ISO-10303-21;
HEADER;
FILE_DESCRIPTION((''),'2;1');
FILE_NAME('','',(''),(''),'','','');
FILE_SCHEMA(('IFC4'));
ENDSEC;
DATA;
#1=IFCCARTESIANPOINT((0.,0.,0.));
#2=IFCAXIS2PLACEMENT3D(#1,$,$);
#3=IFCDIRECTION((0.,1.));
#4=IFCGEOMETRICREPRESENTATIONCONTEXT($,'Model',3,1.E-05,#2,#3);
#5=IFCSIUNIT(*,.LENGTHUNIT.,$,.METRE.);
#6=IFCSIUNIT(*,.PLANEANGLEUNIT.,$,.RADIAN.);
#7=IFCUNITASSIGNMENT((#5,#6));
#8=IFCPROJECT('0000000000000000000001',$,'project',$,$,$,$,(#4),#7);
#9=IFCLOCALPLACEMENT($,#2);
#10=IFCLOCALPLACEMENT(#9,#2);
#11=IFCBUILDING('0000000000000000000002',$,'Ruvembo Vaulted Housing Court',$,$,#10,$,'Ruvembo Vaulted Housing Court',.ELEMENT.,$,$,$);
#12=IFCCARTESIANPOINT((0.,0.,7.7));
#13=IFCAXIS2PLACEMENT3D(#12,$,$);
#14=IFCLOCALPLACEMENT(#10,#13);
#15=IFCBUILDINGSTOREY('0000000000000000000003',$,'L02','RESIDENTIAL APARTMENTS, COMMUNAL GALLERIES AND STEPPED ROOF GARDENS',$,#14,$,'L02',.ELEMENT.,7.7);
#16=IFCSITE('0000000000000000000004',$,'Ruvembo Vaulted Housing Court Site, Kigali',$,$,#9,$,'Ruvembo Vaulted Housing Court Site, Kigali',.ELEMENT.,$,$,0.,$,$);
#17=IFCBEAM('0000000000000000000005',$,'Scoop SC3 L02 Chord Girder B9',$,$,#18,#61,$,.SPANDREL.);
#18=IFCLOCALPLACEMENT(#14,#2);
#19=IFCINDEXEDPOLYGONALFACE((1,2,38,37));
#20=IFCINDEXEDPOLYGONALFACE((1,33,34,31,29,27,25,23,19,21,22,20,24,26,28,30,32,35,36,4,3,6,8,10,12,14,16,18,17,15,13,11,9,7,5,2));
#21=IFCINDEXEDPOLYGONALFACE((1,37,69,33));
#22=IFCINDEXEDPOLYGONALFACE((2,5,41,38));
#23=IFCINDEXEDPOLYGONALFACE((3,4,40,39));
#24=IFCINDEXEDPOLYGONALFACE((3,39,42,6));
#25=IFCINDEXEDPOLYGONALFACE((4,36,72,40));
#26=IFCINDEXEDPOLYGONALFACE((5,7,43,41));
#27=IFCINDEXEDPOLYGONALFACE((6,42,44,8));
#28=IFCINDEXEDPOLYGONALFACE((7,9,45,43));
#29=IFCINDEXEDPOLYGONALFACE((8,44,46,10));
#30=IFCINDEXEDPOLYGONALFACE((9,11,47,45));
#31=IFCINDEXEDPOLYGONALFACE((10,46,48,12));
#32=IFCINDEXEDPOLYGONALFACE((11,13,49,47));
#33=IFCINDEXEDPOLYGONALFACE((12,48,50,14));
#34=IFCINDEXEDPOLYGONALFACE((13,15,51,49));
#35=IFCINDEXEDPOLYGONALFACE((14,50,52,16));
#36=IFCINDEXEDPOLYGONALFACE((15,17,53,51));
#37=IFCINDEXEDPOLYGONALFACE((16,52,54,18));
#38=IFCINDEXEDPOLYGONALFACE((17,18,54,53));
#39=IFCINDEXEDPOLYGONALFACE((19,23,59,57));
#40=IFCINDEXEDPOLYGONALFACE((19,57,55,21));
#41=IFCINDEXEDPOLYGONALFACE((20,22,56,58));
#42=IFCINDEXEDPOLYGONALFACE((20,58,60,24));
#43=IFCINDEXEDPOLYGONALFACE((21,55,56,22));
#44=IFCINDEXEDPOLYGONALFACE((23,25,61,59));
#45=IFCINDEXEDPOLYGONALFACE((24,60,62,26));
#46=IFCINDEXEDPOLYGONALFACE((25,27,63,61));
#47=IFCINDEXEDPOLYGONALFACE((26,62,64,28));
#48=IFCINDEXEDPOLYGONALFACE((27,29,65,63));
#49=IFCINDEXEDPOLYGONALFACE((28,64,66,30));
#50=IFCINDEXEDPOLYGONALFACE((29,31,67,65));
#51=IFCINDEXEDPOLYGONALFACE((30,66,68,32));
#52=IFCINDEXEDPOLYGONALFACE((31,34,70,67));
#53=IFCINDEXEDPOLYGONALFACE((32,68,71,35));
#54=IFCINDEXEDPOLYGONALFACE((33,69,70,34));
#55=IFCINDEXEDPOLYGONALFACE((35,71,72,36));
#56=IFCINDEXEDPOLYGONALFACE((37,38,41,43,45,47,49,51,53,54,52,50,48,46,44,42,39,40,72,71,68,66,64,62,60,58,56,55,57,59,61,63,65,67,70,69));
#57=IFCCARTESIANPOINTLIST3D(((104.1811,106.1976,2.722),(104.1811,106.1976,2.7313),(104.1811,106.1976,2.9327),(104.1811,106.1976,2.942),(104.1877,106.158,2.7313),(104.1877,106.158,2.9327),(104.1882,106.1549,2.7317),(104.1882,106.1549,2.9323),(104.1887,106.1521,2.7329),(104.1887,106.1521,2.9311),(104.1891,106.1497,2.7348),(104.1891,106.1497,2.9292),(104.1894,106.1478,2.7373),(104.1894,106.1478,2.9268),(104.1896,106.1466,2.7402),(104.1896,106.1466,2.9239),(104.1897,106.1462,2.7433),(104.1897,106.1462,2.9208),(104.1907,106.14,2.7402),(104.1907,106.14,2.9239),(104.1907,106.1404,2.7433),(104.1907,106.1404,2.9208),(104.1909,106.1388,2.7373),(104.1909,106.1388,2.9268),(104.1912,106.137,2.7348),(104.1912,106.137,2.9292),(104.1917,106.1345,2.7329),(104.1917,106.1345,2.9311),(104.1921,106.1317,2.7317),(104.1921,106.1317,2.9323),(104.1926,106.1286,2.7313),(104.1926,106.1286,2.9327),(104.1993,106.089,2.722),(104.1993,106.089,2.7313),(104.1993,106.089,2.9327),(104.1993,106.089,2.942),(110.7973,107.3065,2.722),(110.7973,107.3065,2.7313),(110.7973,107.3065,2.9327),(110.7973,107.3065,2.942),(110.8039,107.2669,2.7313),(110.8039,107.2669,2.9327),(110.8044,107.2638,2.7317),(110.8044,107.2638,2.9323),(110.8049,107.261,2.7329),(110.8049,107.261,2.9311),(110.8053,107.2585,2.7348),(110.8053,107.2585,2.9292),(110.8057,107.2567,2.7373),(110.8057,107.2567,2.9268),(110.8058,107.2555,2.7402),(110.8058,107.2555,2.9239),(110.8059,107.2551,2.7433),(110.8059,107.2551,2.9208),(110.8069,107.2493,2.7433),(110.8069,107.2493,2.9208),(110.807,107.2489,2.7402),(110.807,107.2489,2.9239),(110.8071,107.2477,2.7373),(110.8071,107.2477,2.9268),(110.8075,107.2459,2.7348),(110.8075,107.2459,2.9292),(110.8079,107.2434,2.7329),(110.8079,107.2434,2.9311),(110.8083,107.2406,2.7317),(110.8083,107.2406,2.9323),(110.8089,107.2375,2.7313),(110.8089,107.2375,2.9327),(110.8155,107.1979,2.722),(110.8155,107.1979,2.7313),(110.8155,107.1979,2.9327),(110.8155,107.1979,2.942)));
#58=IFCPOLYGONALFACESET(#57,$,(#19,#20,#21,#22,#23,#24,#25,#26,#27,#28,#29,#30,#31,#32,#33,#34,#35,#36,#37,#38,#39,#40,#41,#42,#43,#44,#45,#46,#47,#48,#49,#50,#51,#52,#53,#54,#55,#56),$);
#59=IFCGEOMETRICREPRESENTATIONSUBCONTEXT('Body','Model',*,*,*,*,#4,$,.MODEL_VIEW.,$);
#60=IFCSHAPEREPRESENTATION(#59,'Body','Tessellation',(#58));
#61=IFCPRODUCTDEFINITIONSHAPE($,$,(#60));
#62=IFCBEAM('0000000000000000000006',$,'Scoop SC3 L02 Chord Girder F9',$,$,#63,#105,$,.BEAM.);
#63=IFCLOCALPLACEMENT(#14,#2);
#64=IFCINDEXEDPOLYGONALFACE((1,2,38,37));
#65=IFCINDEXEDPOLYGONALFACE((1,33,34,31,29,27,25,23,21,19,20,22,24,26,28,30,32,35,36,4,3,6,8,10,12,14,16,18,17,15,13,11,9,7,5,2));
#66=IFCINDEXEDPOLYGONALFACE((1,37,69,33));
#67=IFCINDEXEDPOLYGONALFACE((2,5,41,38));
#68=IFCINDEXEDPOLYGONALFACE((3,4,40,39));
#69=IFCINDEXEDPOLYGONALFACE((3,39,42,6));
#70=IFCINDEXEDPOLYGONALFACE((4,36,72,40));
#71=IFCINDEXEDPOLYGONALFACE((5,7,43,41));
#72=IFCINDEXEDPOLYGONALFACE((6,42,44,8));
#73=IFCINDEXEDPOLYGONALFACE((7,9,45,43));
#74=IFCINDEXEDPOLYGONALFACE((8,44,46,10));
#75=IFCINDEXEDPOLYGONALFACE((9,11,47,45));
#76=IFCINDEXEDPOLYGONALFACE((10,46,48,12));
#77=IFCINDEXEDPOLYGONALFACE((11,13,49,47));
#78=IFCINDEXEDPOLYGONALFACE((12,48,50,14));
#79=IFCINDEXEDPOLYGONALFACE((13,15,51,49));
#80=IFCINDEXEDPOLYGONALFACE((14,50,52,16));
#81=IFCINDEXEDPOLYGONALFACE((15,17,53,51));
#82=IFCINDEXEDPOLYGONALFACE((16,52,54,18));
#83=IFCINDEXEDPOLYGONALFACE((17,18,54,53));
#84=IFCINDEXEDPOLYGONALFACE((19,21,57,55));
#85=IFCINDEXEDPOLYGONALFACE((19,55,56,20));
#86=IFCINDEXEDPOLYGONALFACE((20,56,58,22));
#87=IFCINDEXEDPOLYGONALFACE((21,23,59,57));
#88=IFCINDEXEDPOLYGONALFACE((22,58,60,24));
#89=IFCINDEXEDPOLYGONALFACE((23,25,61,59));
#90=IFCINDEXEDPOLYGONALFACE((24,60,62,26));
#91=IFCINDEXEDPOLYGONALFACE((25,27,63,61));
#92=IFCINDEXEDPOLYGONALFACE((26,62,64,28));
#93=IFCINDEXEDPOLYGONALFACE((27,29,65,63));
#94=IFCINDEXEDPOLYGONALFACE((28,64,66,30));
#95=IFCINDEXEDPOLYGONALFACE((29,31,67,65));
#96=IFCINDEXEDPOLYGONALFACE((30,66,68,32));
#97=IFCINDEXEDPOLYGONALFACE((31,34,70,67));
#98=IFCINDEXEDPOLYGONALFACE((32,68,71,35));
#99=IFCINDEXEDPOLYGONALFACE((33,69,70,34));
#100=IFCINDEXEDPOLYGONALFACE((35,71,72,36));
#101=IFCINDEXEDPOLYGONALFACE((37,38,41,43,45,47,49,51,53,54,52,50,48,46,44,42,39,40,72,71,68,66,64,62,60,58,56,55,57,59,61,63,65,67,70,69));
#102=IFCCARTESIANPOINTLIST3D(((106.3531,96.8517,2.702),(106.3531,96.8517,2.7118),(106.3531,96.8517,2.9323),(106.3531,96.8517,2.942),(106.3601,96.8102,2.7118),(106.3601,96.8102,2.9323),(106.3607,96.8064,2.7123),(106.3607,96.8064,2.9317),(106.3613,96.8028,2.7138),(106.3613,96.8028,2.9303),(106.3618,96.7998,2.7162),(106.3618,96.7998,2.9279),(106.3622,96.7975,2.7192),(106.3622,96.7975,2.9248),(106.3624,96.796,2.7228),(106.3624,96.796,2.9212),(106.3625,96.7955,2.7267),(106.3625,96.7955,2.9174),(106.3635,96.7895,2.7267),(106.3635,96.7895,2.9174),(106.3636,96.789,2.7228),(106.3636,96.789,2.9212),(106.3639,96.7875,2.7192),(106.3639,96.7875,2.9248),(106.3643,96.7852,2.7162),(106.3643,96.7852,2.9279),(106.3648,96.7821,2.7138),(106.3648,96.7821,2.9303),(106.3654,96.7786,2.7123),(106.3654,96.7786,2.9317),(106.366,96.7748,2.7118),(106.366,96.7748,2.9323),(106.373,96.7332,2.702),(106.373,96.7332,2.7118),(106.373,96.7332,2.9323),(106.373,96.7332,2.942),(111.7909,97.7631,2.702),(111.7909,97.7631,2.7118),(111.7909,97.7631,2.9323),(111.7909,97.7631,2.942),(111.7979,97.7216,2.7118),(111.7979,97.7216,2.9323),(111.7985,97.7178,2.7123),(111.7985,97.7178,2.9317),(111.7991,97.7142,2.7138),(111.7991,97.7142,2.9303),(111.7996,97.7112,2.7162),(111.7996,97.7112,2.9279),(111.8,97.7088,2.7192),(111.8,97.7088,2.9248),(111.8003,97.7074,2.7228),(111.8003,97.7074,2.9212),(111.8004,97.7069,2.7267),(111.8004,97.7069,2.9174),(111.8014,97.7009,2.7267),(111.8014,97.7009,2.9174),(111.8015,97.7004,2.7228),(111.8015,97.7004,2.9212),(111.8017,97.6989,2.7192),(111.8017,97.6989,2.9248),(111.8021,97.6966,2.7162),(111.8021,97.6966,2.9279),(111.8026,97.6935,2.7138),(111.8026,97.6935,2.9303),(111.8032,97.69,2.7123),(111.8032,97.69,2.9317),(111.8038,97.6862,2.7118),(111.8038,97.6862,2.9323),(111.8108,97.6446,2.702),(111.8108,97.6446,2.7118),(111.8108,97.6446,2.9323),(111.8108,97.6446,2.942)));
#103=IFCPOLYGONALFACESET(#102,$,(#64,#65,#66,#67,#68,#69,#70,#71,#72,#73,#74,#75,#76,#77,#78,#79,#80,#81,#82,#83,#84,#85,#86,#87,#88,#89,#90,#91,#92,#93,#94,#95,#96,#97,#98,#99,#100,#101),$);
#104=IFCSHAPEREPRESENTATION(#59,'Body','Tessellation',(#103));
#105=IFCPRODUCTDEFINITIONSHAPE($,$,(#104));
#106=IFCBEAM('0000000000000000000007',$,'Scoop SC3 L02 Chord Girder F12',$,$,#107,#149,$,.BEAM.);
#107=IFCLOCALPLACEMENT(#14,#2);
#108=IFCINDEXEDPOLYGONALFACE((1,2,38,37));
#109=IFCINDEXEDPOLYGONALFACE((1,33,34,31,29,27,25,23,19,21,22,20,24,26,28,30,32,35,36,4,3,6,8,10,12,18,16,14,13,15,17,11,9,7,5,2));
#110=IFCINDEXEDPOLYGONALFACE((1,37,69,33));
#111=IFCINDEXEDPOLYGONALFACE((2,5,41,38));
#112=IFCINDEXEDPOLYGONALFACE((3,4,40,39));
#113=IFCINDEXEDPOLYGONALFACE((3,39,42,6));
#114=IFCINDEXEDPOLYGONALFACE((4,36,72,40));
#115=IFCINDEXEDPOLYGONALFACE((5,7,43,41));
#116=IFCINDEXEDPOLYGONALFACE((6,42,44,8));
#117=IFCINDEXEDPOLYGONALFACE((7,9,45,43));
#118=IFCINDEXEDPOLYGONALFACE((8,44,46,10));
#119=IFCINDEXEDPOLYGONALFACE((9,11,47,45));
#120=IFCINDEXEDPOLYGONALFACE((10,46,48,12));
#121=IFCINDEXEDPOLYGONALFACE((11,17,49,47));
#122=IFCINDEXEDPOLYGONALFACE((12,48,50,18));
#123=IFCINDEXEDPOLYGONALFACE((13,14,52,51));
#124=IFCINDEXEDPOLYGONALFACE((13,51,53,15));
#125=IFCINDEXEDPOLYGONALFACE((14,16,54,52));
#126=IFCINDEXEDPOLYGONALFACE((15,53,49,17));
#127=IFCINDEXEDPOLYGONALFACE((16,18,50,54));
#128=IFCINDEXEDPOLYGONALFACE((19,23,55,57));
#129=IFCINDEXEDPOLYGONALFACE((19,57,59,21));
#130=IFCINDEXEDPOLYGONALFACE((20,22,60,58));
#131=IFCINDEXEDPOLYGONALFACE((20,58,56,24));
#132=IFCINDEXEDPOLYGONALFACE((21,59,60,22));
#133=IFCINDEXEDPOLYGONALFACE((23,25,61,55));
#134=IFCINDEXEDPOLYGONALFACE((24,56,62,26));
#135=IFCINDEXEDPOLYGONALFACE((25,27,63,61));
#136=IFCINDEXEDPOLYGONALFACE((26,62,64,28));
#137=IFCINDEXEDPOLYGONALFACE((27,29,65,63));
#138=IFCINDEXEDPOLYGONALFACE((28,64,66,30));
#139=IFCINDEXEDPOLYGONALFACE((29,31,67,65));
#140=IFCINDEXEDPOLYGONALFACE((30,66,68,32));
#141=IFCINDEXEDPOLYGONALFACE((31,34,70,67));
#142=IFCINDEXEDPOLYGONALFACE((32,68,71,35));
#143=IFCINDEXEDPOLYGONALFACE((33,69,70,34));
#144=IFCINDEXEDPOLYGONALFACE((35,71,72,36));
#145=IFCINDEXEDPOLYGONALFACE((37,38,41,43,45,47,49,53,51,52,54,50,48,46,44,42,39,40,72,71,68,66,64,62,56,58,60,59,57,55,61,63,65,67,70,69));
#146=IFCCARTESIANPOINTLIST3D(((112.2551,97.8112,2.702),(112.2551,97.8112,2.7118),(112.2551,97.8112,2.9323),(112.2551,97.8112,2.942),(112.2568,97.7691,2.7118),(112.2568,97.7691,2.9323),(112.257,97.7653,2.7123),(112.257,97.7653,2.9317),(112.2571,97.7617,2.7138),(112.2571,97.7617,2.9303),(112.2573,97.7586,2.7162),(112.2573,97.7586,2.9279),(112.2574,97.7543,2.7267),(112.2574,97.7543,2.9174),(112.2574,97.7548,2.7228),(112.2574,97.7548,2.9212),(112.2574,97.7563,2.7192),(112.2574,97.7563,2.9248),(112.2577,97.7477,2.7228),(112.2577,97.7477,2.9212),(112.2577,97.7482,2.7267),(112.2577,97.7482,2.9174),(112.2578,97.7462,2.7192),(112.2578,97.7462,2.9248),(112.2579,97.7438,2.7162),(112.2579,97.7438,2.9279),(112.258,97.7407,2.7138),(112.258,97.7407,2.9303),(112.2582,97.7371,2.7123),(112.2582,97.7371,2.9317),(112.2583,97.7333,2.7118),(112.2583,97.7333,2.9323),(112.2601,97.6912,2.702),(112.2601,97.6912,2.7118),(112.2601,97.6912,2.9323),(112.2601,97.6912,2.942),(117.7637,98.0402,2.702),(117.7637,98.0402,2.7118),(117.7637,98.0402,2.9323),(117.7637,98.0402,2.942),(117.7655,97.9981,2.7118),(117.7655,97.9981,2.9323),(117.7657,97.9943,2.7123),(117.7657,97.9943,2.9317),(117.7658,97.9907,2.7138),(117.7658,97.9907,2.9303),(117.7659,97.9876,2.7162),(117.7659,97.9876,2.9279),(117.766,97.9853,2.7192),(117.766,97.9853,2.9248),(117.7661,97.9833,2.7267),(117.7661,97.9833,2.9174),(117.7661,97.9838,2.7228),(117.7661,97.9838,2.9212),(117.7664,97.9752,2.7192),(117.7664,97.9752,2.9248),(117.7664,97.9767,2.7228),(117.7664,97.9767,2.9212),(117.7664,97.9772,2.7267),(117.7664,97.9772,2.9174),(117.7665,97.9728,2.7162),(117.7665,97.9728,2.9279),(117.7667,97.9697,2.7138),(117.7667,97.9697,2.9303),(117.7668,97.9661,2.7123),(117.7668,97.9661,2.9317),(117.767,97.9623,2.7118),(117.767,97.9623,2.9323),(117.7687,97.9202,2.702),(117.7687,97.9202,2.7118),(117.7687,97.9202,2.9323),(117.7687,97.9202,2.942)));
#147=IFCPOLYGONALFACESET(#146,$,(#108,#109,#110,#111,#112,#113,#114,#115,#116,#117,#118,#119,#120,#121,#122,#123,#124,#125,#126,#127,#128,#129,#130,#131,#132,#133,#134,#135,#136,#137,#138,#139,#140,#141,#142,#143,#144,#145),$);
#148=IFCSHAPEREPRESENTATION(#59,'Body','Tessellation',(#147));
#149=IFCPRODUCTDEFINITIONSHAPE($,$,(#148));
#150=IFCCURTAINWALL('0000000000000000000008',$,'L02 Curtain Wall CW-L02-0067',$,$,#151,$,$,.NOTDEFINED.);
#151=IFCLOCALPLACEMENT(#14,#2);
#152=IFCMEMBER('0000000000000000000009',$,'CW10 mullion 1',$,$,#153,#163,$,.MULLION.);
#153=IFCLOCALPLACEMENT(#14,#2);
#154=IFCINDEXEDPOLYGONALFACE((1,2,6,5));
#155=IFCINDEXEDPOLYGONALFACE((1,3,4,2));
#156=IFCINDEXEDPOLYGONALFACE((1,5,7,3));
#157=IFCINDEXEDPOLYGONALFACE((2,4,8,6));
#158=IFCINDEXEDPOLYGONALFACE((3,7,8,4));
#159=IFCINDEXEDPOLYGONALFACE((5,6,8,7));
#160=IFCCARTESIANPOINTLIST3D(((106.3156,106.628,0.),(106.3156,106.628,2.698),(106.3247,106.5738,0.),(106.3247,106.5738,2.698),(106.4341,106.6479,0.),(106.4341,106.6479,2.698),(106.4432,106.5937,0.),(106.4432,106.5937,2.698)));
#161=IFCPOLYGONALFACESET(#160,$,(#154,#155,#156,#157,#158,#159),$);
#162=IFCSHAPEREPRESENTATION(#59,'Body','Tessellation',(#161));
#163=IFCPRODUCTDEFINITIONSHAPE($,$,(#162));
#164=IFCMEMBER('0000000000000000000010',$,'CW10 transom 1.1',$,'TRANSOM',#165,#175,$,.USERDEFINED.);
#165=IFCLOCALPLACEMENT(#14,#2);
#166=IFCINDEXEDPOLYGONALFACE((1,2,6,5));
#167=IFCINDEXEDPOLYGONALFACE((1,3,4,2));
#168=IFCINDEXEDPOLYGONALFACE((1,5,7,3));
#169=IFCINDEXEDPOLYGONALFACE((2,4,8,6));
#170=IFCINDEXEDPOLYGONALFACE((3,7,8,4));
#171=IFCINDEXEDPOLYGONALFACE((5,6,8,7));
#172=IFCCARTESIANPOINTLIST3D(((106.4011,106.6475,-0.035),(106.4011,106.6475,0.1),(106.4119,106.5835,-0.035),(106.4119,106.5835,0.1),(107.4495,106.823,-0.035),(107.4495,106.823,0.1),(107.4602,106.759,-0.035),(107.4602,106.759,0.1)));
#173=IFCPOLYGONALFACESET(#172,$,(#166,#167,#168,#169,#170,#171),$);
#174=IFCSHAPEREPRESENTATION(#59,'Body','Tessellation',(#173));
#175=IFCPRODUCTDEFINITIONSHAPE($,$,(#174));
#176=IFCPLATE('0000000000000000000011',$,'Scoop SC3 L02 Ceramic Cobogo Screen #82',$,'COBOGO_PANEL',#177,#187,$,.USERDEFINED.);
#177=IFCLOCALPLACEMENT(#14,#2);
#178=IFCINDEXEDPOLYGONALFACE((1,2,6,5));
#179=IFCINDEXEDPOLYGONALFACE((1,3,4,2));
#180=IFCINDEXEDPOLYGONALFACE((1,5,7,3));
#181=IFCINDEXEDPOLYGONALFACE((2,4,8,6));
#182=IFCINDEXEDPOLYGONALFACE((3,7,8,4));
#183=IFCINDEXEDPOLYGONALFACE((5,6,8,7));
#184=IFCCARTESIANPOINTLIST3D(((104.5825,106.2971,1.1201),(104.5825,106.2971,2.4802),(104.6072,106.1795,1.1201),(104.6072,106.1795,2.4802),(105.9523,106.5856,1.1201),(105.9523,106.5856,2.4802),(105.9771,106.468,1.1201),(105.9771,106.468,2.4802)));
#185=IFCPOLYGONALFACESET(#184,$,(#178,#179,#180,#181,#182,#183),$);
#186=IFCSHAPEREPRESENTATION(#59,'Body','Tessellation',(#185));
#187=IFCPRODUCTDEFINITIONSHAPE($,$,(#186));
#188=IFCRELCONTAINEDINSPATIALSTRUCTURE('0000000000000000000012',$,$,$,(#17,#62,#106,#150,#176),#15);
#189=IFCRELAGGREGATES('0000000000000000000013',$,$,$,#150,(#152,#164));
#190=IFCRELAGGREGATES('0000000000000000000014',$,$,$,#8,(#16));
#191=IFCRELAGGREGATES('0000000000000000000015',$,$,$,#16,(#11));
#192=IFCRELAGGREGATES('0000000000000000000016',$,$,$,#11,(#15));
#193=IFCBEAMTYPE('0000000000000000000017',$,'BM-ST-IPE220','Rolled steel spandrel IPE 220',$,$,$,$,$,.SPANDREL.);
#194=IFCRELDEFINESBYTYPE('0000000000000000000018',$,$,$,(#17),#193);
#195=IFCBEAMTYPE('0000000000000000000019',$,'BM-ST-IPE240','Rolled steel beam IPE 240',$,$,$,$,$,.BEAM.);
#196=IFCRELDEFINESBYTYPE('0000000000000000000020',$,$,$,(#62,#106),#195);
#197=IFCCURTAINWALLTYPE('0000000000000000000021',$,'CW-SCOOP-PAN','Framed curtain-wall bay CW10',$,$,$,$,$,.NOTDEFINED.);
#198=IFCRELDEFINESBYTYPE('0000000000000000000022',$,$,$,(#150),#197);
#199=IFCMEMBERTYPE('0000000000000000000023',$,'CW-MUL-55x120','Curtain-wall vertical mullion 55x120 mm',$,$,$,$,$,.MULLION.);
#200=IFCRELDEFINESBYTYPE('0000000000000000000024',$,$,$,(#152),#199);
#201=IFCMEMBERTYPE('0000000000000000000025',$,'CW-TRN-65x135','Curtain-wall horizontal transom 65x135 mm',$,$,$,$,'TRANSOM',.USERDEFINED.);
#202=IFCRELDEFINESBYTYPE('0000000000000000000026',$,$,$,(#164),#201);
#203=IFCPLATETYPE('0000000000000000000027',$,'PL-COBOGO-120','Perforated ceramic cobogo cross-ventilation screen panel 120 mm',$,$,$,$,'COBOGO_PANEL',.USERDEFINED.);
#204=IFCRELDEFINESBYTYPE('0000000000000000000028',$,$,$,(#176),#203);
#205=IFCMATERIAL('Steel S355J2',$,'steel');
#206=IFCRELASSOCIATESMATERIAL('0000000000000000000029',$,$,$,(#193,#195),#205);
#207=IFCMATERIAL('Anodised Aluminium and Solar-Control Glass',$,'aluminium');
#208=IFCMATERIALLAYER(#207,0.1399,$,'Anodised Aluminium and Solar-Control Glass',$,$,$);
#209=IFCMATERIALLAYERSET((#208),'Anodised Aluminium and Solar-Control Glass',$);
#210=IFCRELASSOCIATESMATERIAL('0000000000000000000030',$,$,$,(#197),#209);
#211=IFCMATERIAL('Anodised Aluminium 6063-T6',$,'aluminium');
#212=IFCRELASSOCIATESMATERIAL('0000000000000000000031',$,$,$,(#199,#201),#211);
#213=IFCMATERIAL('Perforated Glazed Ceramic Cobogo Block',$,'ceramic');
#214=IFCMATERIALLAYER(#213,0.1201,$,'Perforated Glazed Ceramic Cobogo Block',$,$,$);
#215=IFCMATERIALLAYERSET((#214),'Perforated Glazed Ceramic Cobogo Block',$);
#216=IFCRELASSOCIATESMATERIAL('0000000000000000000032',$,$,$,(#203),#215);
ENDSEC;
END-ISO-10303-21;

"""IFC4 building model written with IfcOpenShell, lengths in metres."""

from ifc_helpers import new_model, si_unit, direction, frame, origin, origin_2d, place, context, subcontext, project, spatial, rectangle, i_section, extrude, material, layer, layer_set, material_profile, profile_set, type_object, element, aggregate, save


model = new_model("IFC4")

# Units and contexts
model_context = context("Model", 3, precision=1e-05, world=origin(), true_north=direction((0.0, 1.0)))
body_context = subcontext(model_context, "Body", "Model", "MODEL_VIEW")
ifc_project = project(units=[si_unit("LENGTHUNIT", "METRE"), si_unit("PLANEANGLEUNIT", "RADIAN")], contexts=[model_context])

# Site, building, storey
site_placement = place(None, origin())
site = spatial("IfcSite", under=ifc_project, at=site_placement, Name="Ruvembo Vaulted Housing Court Site, Kigali", LongName="Ruvembo Vaulted Housing Court Site, Kigali", CompositionType="ELEMENT", RefElevation=0.0)
building_placement = place(site_placement, origin())
building = spatial("IfcBuilding", under=site, at=building_placement, Name="Ruvembo Vaulted Housing Court", LongName="Ruvembo Vaulted Housing Court", CompositionType="ELEMENT")
storey_placement = place(building_placement, frame((0.0, 0.0, 7.7)))
storey = spatial("IfcBuildingStorey", under=building, at=storey_placement, Name="L02", Description="RESIDENTIAL APARTMENTS, COMMUNAL GALLERIES AND STEPPED ROOF GARDENS", LongName="L02", CompositionType="ELEMENT", Elevation=7.7)

# Beams
ifc_material_1 = material(Name="Steel S355J2", Category="steel")
ifc_material_profile_1 = material_profile(ifc_material_1, i_section(OverallWidth=0.1101, OverallDepth=0.22, WebThickness=0.0059, FlangeThickness=0.0093, FilletRadius=0.012, at=origin_2d()), Name="IPE 220")
ifc_profile_set_1 = profile_set([ifc_material_profile_1], Name="Steel S355J2")
beam_type_1 = type_object("IfcBeamType", Name="BM-ST-IPE220", Description="Rolled steel spandrel IPE 220", PredefinedType="SPANDREL", material=ifc_profile_set_1)
beam_1_placement = place(storey_placement, frame((104.1902, 106.1433, 2.832), z_axis=(0.986244, 0.165296, 0.0), x_axis=(-0.165296, 0.986244, 0.0)))
element("IfcBeam", 1, at=beam_1_placement, inside=storey, type_object=beam_type_1, Name="Scoop SC3 L02 Chord Girder B9", PredefinedType="SPANDREL", context=body_context, shape_type="SweptSolid", body=[
    extrude(i_section(OverallWidth=0.1101, OverallDepth=0.22, WebThickness=0.0059, FlangeThickness=0.0093, FilletRadius=0.012, at=origin_2d()), origin(), (0.0, 0.0, 1.0), 6.7085),
])
ifc_material_profile_2 = material_profile(ifc_material_1, i_section(OverallWidth=0.1201, OverallDepth=0.24, WebThickness=0.0061, FlangeThickness=0.0098, FilletRadius=0.0149, at=origin_2d()), Name="IPE 240")
ifc_profile_set_2 = profile_set([ifc_material_profile_2], Name="Steel S355J2")
beam_type_2 = type_object("IfcBeamType", Name="BM-ST-IPE240", Description="Rolled steel beam IPE 240", PredefinedType="BEAM", material=ifc_profile_set_2)
beam_2_placement = place(storey_placement, frame((106.363, 96.7925, 2.822), z_axis=(0.986244, 0.165296, 0.0), x_axis=(-0.165296, 0.986244, 0.0)))
element("IfcBeam", 2, at=beam_2_placement, inside=storey, type_object=beam_type_2, Name="Scoop SC3 L02 Chord Girder F9", PredefinedType="BEAM", context=body_context, shape_type="SweptSolid", body=[
    extrude(i_section(OverallWidth=0.1201, OverallDepth=0.24, WebThickness=0.0061, FlangeThickness=0.0098, FilletRadius=0.0149, at=origin_2d()), origin(), (0.0, 0.0, 1.0), 5.5137),
])
beam_3_placement = place(storey_placement, frame((112.2576, 97.7512, 2.822), z_axis=(0.999137, 0.041535, 0.0), x_axis=(-0.041535, 0.999137, 0.0)))
element("IfcBeam", 3, at=beam_3_placement, inside=storey, type_object=beam_type_2, Name="Scoop SC3 L02 Chord Girder F12", PredefinedType="BEAM", context=body_context, shape_type="SweptSolid", body=[
    extrude(i_section(OverallWidth=0.1201, OverallDepth=0.24, WebThickness=0.0061, FlangeThickness=0.0098, FilletRadius=0.0149, at=origin_2d()), origin(), (0.0, 0.0, 1.0), 5.5134),
])

# Curtain wall, members
ifc_material_2 = material(Name="Anodised Aluminium and Solar-Control Glass", Category="aluminium")
ifc_layer_1 = layer(ifc_material_2, 0.1399, Name="Anodised Aluminium and Solar-Control Glass")
ifc_layer_set_1 = layer_set([ifc_layer_1], Name="Anodised Aluminium and Solar-Control Glass")
curtain_wall_type = type_object("IfcCurtainWallType", Name="CW-SCOOP-PAN", Description="Framed curtain-wall bay CW10", PredefinedType="NOTDEFINED", material=ifc_layer_set_1)
curtain_wall_placement = place(storey_placement, origin())
curtain_wall = element("IfcCurtainWall", 4, at=curtain_wall_placement, inside=storey, type_object=curtain_wall_type, Name="L02 Curtain Wall CW-L02-0067", PredefinedType="NOTDEFINED")
ifc_material_3 = material(Name="Anodised Aluminium 6063-T6", Category="aluminium")
ifc_material_profile_3 = material_profile(ifc_material_3, rectangle(XDim=0.0549, YDim=0.1201, at=origin_2d()), Name="ALU 55x120")
ifc_profile_set_3 = profile_set([ifc_material_profile_3], Name="Anodised Aluminium 6063-T6")
member_type_1 = type_object("IfcMemberType", Name="CW-MUL-55x120", Description="Curtain-wall vertical mullion 55x120 mm", PredefinedType="MULLION", material=ifc_profile_set_3)
member_1_placement = place(storey_placement, frame((106.3794, 106.6108, 0.0), z_axis=(0.0, 0.0, 1.0), x_axis=(-0.165263, 0.98625, 0.0)))
member_1 = element("IfcMember", 5, at=member_1_placement, type_object=member_type_1, Name="CW10 mullion 1", PredefinedType="MULLION", context=body_context, shape_type="SweptSolid", body=[
    extrude(rectangle(XDim=0.0549, YDim=0.1201, at=origin_2d()), origin(), (0.0, 0.0, 1.0), 2.698),
])
ifc_material_profile_4 = material_profile(ifc_material_3, rectangle(XDim=0.0649, YDim=0.135, at=origin_2d()), Name="ALU 65x135")
ifc_profile_set_4 = profile_set([ifc_material_profile_4], Name="Anodised Aluminium 6063-T6")
member_type_2 = type_object("IfcMemberType", Name="CW-TRN-65x135", Description="Curtain-wall horizontal transom 65x135 mm", ElementType="TRANSOM", PredefinedType="USERDEFINED", material=ifc_profile_set_4)
member_2_placement = place(storey_placement, frame((106.4065, 106.6155, 0.0325), z_axis=(0.986269, 0.165144, 0.0), x_axis=(-0.165144, 0.986269, 0.0)))
member_2 = element("IfcMember", 6, at=member_2_placement, type_object=member_type_2, Name="CW10 transom 1.1", ObjectType="TRANSOM", PredefinedType="USERDEFINED", context=body_context, shape_type="SweptSolid", body=[
    extrude(rectangle(XDim=0.0649, YDim=0.135, at=origin_2d()), origin(), (0.0, 0.0, 1.0), 1.063),
])
aggregate(curtain_wall, [member_1, member_2])

# Plate
ifc_material_4 = material(Name="Perforated Glazed Ceramic Cobogo Block", Category="ceramic")
ifc_layer_2 = layer(ifc_material_4, 0.1201, Name="Perforated Glazed Ceramic Cobogo Block")
ifc_layer_set_2 = layer_set([ifc_layer_2], Name="Perforated Glazed Ceramic Cobogo Block")
plate_type = type_object("IfcPlateType", Name="PL-COBOGO-120", Description="Perforated ceramic cobogo cross-ventilation screen panel 120 mm", ElementType="COBOGO_PANEL", PredefinedType="USERDEFINED", material=ifc_layer_set_2)
plate_placement = place(storey_placement, frame((105.2798, 106.3826, 1.1201), z_axis=(0.0, 0.0, 1.0), x_axis=(0.978534, 0.206085, 0.0)))
element("IfcPlate", 7, at=plate_placement, inside=storey, type_object=plate_type, Name="Scoop SC3 L02 Ceramic Cobogo Screen #82", ObjectType="COBOGO_PANEL", PredefinedType="USERDEFINED", context=body_context, shape_type="SweptSolid", body=[
    extrude(rectangle(XDim=1.3999, YDim=0.1201, at=origin_2d()), origin(), (0.0, 0.0, 1.0), 1.3601),
])

save(model, "model.ifc")
